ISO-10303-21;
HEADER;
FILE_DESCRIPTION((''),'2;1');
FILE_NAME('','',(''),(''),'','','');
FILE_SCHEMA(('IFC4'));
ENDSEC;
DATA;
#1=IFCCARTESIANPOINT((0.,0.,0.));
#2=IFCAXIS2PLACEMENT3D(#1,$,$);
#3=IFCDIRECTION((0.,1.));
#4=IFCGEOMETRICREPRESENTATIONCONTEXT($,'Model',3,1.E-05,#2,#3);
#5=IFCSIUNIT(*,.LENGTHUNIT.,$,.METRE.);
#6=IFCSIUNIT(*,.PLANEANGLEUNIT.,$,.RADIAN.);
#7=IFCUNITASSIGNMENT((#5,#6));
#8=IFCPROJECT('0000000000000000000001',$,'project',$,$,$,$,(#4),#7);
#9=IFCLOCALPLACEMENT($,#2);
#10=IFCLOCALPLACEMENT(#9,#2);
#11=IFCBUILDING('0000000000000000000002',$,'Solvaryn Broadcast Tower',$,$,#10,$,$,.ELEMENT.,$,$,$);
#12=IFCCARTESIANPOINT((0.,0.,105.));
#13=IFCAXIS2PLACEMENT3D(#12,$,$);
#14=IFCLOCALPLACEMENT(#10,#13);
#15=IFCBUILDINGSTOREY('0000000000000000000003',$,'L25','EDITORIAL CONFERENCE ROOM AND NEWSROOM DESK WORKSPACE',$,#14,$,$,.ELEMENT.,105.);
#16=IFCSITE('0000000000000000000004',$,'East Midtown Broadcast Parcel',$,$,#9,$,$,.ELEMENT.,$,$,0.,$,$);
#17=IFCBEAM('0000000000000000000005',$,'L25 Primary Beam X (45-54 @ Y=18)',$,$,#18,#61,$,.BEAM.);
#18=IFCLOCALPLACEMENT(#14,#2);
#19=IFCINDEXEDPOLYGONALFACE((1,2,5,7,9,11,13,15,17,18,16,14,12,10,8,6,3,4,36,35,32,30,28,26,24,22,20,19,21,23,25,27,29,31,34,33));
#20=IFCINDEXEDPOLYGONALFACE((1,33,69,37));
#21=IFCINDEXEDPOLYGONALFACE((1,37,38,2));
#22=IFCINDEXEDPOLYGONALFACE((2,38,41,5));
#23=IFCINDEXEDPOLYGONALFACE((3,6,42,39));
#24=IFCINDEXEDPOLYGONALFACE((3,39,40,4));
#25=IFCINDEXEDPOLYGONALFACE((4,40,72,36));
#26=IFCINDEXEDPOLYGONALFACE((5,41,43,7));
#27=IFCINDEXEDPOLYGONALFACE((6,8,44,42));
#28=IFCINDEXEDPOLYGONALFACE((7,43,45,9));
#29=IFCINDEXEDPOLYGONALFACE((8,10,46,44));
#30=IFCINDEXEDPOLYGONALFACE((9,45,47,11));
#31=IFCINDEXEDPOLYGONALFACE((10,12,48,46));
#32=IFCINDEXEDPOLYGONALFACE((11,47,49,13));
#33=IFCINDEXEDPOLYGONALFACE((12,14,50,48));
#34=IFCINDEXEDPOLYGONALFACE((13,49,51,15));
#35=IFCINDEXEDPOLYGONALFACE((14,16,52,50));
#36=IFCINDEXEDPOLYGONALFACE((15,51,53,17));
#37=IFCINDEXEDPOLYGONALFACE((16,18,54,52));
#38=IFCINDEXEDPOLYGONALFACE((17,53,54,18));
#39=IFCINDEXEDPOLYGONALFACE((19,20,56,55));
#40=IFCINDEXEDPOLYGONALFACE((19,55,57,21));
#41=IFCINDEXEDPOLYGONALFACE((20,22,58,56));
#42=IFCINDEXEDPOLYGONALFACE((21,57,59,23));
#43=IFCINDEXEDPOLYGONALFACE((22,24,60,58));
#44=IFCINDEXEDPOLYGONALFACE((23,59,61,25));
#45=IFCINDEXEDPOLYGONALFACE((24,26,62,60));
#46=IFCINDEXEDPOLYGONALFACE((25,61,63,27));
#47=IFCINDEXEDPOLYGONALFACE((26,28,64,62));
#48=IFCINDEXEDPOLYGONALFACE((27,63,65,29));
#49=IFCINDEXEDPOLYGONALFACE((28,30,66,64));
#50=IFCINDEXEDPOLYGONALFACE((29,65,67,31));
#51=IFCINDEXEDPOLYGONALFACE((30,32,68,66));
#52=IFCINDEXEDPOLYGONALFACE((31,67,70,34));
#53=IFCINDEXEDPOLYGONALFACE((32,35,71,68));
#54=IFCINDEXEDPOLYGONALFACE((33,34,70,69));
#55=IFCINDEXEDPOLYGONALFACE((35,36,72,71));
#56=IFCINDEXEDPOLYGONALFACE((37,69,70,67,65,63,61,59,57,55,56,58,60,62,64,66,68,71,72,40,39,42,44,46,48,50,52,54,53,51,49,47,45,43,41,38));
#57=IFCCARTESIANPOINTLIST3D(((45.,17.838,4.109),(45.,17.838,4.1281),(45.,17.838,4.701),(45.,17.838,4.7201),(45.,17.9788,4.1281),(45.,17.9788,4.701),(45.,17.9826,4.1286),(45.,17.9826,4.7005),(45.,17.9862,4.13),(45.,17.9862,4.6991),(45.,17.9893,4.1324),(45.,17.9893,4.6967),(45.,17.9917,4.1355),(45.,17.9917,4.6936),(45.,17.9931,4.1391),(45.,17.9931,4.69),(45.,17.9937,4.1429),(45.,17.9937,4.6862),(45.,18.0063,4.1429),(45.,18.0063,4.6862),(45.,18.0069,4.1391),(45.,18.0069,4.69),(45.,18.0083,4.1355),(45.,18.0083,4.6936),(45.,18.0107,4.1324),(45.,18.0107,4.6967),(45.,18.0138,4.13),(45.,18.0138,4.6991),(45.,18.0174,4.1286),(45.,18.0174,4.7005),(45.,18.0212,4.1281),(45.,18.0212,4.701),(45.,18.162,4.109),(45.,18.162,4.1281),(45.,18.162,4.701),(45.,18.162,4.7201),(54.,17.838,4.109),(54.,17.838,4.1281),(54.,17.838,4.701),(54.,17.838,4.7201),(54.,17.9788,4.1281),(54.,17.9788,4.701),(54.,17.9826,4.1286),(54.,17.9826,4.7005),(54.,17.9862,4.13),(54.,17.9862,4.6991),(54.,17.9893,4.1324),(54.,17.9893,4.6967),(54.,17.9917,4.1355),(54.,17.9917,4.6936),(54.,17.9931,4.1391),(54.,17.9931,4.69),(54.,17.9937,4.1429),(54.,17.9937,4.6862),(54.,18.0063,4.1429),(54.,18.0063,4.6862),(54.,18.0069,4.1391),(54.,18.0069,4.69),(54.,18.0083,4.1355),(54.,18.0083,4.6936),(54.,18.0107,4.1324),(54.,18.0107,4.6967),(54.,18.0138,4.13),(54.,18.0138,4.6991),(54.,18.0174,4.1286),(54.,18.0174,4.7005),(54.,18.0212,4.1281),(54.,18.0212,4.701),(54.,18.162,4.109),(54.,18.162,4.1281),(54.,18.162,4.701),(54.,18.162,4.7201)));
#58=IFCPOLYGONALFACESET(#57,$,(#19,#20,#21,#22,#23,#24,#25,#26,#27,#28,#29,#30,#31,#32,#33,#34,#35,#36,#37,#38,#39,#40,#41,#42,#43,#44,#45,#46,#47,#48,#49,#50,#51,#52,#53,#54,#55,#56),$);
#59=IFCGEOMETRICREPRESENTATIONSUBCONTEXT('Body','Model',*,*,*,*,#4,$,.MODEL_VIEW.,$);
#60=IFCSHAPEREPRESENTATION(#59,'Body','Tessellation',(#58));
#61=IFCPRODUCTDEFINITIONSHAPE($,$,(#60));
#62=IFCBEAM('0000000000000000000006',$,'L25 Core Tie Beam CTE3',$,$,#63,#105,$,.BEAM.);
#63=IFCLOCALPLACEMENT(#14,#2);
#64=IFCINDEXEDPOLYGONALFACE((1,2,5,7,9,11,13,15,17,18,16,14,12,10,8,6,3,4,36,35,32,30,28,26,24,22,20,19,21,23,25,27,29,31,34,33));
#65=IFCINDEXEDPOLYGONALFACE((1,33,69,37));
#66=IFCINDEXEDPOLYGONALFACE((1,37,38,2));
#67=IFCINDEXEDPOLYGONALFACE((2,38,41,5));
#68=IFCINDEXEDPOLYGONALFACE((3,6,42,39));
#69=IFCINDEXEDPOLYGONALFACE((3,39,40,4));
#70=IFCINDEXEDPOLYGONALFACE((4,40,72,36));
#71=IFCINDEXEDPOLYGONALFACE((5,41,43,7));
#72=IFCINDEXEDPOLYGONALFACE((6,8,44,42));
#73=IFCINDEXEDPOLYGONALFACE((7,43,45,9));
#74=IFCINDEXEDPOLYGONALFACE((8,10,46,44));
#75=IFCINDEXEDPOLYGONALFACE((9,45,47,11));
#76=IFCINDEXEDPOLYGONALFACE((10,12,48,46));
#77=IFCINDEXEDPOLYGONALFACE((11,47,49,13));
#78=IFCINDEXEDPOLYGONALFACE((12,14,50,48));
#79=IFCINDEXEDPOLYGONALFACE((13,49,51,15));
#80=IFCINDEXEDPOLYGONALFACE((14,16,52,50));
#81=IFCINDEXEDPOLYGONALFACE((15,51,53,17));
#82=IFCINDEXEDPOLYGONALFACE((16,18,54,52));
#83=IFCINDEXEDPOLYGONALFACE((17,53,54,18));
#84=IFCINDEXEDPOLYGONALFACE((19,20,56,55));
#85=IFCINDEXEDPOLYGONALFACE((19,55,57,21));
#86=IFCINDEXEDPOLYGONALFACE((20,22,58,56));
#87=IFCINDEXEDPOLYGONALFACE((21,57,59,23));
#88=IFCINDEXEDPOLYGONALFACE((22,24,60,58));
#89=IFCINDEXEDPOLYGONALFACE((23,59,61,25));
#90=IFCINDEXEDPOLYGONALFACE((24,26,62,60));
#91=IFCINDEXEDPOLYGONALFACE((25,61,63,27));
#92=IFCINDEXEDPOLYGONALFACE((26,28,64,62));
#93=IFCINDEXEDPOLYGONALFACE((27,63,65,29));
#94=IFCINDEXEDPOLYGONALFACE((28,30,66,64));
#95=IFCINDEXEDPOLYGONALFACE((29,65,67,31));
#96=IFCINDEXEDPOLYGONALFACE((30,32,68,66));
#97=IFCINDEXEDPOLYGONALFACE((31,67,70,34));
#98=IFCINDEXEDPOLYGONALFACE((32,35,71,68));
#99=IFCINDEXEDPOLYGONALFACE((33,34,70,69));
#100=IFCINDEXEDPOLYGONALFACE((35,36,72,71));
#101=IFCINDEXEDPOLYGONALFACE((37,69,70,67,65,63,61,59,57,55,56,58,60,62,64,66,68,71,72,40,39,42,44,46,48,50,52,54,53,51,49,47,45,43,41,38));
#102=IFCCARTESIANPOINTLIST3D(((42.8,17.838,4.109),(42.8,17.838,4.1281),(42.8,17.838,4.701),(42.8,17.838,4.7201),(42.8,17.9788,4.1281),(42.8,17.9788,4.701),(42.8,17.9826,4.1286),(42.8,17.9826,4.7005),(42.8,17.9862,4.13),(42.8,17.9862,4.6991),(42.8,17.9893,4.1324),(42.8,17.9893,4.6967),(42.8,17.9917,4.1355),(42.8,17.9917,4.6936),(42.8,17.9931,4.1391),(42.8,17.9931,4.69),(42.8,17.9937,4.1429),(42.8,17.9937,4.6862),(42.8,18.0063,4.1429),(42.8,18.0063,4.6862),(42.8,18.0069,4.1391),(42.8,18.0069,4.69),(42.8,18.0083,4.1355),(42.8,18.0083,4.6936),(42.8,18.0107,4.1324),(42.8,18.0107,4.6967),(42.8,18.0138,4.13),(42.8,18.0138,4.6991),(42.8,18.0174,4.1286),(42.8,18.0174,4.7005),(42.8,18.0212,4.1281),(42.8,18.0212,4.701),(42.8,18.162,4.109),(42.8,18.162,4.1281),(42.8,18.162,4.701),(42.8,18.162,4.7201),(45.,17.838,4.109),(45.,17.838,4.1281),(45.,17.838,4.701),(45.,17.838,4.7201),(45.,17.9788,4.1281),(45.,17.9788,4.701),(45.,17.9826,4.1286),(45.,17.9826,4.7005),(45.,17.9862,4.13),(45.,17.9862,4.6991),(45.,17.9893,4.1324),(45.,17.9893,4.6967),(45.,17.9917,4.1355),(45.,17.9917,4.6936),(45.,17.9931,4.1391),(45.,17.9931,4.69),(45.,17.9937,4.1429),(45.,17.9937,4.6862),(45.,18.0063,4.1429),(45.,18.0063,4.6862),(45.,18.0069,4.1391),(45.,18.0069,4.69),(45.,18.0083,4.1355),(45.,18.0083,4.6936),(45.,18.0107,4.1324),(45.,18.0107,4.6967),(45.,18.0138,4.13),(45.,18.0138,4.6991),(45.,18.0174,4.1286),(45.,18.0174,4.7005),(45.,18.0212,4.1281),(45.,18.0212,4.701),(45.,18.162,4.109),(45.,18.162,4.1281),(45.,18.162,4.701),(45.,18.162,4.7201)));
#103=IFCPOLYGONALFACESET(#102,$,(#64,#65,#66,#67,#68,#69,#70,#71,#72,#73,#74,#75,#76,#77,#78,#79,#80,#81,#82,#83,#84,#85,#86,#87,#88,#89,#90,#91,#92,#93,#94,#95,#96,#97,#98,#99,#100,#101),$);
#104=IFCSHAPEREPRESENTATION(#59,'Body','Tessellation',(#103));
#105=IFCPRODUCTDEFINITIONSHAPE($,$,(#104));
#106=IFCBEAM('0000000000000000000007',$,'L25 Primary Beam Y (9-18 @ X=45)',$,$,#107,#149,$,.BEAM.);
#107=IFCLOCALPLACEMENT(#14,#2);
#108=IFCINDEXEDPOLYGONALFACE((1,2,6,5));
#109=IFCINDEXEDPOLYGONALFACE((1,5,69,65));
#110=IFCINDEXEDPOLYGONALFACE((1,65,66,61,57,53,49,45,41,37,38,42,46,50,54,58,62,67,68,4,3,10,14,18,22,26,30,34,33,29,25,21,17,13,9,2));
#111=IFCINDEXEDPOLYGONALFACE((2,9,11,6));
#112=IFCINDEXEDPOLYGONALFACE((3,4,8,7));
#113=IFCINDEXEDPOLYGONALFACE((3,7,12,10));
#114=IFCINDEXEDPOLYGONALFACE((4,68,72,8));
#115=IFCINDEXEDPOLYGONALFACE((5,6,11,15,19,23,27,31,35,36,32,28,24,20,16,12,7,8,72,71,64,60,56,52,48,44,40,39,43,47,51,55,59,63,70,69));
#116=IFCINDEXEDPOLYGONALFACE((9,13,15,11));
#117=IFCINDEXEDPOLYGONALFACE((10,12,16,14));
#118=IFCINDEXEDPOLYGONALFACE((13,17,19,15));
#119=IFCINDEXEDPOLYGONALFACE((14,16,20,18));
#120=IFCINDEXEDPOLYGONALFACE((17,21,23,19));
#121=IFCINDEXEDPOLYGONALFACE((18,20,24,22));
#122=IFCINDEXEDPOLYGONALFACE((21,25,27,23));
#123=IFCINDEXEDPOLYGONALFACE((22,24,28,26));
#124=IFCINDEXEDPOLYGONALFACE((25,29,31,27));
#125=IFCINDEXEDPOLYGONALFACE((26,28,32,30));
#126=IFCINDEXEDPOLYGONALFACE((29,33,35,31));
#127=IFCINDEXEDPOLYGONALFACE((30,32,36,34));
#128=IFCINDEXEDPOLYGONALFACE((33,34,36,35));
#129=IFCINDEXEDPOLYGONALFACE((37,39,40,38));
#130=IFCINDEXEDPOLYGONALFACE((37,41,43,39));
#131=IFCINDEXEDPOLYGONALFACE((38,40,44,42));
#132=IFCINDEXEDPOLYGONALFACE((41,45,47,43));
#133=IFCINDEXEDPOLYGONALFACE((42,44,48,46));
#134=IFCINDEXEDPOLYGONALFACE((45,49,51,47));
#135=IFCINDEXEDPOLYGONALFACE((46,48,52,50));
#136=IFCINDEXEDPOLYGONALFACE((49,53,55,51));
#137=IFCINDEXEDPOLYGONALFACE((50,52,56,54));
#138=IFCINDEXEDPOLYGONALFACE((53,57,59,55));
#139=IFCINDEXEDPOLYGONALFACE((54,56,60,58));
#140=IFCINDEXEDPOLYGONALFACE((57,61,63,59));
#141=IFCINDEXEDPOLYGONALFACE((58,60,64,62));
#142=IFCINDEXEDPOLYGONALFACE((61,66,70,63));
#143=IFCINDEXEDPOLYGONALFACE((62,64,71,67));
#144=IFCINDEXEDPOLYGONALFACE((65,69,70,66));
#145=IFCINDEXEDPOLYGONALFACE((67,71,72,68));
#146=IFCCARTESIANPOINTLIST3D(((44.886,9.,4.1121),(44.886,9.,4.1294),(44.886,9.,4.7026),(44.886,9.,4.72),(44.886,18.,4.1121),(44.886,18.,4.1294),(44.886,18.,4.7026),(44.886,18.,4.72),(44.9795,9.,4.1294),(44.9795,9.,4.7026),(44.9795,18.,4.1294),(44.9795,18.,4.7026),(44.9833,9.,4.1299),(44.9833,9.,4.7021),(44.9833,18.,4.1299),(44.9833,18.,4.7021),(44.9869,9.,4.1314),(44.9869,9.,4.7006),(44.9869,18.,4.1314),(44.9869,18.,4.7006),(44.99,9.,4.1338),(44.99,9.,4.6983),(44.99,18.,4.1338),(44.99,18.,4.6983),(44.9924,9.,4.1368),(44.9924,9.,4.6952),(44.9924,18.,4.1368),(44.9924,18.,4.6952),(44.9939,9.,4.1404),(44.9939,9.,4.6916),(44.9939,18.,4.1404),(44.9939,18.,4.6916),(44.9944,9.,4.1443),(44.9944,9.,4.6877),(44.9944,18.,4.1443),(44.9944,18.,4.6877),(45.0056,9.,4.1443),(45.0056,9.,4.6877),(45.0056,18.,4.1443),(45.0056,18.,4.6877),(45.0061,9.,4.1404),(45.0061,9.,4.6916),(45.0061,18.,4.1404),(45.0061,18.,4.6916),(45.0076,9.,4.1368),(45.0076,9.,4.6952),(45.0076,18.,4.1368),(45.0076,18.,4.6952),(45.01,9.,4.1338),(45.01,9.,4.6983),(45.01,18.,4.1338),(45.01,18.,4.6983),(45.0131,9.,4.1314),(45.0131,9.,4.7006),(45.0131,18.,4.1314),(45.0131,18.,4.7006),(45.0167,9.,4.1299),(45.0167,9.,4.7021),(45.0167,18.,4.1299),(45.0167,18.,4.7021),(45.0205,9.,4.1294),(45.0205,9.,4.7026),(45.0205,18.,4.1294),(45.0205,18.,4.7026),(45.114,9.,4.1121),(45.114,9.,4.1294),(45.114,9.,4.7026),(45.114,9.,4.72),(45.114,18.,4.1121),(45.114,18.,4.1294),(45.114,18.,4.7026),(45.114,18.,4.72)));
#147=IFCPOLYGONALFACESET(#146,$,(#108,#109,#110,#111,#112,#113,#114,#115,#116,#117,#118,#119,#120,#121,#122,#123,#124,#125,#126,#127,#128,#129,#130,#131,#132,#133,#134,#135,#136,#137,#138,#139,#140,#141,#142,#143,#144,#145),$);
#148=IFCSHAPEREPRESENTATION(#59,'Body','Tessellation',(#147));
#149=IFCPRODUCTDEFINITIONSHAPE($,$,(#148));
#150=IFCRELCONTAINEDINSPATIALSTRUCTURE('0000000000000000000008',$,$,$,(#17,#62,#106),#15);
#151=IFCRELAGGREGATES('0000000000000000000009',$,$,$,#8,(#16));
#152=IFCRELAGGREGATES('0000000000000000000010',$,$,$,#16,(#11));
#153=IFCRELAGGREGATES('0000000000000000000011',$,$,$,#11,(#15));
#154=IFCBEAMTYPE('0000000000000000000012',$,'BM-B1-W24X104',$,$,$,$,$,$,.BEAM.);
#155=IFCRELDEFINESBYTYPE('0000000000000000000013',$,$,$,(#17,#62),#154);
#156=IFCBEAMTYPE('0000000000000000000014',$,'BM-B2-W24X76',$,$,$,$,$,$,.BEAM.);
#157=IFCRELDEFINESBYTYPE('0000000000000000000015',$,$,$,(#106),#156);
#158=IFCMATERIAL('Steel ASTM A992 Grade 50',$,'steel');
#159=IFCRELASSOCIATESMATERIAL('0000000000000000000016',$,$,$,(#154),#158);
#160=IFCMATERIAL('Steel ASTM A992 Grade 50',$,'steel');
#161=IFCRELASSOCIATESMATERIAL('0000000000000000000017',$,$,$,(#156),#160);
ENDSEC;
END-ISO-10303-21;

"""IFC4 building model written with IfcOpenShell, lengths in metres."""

from ifc_helpers import new_model, si_unit, direction, frame, origin, origin_2d, place, context, subcontext, project, spatial, i_section, extrude, material, material_profile, profile_set, type_object, element, save


model = new_model("IFC4")

# Units and contexts
model_context = context("Model", 3, precision=1e-05, world=origin(), true_north=direction((0.0, 1.0)))
body_context = subcontext(model_context, "Body", "Model", "MODEL_VIEW")
ifc_project = project(units=[si_unit("LENGTHUNIT", "METRE"), si_unit("PLANEANGLEUNIT", "RADIAN")], contexts=[model_context])

# Site, building, storey
site_placement = place(None, origin())
site = spatial("IfcSite", under=ifc_project, at=site_placement, Name="East Midtown Broadcast Parcel", CompositionType="ELEMENT", RefElevation=0.0)
building_placement = place(site_placement, origin())
building = spatial("IfcBuilding", under=site, at=building_placement, Name="Solvaryn Broadcast Tower", CompositionType="ELEMENT")
storey_placement = place(building_placement, frame((0.0, 0.0, 105.0)))
storey = spatial("IfcBuildingStorey", under=building, at=storey_placement, Name="L25", Description="EDITORIAL CONFERENCE ROOM AND NEWSROOM DESK WORKSPACE", CompositionType="ELEMENT", Elevation=105.0)

# Beams
ifc_material_1 = material(Name="Steel ASTM A992 Grade 50", Category="steel")
ifc_material_profile_1 = material_profile(ifc_material_1, i_section(OverallWidth=0.324, OverallDepth=0.6111, WebThickness=0.0127, FlangeThickness=0.019, FilletRadius=0.0149, at=origin_2d()))
ifc_profile_set_1 = profile_set([ifc_material_profile_1], Name="Steel ASTM A992 Grade 50")
beam_type_1 = type_object("IfcBeamType", Name="BM-B1-W24X104", PredefinedType="BEAM", material=ifc_profile_set_1)
beam_1_placement = place(storey_placement, frame((45.0, 18.0, 4.4146), z_axis=(1.0, 0.0, 0.0), x_axis=(0.0, 1.0, 0.0)))
element("IfcBeam", 1, at=beam_1_placement, inside=storey, type_object=beam_type_1, Name="L25 Primary Beam X (45-54 @ Y=18)", PredefinedType="BEAM", context=body_context, shape_type="SweptSolid", body=[
    extrude(i_section(OverallWidth=0.324, OverallDepth=0.6111, WebThickness=0.0127, FlangeThickness=0.019, FilletRadius=0.0149, at=origin_2d()), origin(), (0.0, 0.0, 1.0), 9.0),
])
beam_2_placement = place(storey_placement, frame((42.8, 18.0, 4.4146), z_axis=(1.0, 0.0, 0.0), x_axis=(0.0, 1.0, 0.0)))
element("IfcBeam", 2, at=beam_2_placement, inside=storey, type_object=beam_type_1, Name="L25 Core Tie Beam CTE3", PredefinedType="BEAM", context=body_context, shape_type="SweptSolid", body=[
    extrude(i_section(OverallWidth=0.324, OverallDepth=0.6111, WebThickness=0.0127, FlangeThickness=0.019, FilletRadius=0.0149, at=origin_2d()), origin(), (0.0, 0.0, 1.0), 2.2),
])
ifc_material_2 = material(Name="Steel ASTM A992 Grade 50", Category="steel")
ifc_material_profile_2 = material_profile(ifc_material_2, i_section(OverallWidth=0.228, OverallDepth=0.6079, WebThickness=0.0112, FlangeThickness=0.0173, FilletRadius=0.0149, at=origin_2d()))
ifc_profile_set_2 = profile_set([ifc_material_profile_2], Name="Steel ASTM A992 Grade 50")
beam_type_2 = type_object("IfcBeamType", Name="BM-B2-W24X76", PredefinedType="BEAM", material=ifc_profile_set_2)
beam_3_placement = place(storey_placement, frame((45.0, 9.0, 4.416), z_axis=(0.0, 1.0, 0.0), x_axis=(-1.0, 0.0, 0.0)))
element("IfcBeam", 3, at=beam_3_placement, inside=storey, type_object=beam_type_2, Name="L25 Primary Beam Y (9-18 @ X=45)", PredefinedType="BEAM", context=body_context, shape_type="SweptSolid", body=[
    extrude(i_section(OverallWidth=0.228, OverallDepth=0.6079, WebThickness=0.0112, FlangeThickness=0.0173, FilletRadius=0.0149, at=origin_2d()), origin(), (0.0, 0.0, 1.0), 9.0),
])

save(model, "model.ifc")
